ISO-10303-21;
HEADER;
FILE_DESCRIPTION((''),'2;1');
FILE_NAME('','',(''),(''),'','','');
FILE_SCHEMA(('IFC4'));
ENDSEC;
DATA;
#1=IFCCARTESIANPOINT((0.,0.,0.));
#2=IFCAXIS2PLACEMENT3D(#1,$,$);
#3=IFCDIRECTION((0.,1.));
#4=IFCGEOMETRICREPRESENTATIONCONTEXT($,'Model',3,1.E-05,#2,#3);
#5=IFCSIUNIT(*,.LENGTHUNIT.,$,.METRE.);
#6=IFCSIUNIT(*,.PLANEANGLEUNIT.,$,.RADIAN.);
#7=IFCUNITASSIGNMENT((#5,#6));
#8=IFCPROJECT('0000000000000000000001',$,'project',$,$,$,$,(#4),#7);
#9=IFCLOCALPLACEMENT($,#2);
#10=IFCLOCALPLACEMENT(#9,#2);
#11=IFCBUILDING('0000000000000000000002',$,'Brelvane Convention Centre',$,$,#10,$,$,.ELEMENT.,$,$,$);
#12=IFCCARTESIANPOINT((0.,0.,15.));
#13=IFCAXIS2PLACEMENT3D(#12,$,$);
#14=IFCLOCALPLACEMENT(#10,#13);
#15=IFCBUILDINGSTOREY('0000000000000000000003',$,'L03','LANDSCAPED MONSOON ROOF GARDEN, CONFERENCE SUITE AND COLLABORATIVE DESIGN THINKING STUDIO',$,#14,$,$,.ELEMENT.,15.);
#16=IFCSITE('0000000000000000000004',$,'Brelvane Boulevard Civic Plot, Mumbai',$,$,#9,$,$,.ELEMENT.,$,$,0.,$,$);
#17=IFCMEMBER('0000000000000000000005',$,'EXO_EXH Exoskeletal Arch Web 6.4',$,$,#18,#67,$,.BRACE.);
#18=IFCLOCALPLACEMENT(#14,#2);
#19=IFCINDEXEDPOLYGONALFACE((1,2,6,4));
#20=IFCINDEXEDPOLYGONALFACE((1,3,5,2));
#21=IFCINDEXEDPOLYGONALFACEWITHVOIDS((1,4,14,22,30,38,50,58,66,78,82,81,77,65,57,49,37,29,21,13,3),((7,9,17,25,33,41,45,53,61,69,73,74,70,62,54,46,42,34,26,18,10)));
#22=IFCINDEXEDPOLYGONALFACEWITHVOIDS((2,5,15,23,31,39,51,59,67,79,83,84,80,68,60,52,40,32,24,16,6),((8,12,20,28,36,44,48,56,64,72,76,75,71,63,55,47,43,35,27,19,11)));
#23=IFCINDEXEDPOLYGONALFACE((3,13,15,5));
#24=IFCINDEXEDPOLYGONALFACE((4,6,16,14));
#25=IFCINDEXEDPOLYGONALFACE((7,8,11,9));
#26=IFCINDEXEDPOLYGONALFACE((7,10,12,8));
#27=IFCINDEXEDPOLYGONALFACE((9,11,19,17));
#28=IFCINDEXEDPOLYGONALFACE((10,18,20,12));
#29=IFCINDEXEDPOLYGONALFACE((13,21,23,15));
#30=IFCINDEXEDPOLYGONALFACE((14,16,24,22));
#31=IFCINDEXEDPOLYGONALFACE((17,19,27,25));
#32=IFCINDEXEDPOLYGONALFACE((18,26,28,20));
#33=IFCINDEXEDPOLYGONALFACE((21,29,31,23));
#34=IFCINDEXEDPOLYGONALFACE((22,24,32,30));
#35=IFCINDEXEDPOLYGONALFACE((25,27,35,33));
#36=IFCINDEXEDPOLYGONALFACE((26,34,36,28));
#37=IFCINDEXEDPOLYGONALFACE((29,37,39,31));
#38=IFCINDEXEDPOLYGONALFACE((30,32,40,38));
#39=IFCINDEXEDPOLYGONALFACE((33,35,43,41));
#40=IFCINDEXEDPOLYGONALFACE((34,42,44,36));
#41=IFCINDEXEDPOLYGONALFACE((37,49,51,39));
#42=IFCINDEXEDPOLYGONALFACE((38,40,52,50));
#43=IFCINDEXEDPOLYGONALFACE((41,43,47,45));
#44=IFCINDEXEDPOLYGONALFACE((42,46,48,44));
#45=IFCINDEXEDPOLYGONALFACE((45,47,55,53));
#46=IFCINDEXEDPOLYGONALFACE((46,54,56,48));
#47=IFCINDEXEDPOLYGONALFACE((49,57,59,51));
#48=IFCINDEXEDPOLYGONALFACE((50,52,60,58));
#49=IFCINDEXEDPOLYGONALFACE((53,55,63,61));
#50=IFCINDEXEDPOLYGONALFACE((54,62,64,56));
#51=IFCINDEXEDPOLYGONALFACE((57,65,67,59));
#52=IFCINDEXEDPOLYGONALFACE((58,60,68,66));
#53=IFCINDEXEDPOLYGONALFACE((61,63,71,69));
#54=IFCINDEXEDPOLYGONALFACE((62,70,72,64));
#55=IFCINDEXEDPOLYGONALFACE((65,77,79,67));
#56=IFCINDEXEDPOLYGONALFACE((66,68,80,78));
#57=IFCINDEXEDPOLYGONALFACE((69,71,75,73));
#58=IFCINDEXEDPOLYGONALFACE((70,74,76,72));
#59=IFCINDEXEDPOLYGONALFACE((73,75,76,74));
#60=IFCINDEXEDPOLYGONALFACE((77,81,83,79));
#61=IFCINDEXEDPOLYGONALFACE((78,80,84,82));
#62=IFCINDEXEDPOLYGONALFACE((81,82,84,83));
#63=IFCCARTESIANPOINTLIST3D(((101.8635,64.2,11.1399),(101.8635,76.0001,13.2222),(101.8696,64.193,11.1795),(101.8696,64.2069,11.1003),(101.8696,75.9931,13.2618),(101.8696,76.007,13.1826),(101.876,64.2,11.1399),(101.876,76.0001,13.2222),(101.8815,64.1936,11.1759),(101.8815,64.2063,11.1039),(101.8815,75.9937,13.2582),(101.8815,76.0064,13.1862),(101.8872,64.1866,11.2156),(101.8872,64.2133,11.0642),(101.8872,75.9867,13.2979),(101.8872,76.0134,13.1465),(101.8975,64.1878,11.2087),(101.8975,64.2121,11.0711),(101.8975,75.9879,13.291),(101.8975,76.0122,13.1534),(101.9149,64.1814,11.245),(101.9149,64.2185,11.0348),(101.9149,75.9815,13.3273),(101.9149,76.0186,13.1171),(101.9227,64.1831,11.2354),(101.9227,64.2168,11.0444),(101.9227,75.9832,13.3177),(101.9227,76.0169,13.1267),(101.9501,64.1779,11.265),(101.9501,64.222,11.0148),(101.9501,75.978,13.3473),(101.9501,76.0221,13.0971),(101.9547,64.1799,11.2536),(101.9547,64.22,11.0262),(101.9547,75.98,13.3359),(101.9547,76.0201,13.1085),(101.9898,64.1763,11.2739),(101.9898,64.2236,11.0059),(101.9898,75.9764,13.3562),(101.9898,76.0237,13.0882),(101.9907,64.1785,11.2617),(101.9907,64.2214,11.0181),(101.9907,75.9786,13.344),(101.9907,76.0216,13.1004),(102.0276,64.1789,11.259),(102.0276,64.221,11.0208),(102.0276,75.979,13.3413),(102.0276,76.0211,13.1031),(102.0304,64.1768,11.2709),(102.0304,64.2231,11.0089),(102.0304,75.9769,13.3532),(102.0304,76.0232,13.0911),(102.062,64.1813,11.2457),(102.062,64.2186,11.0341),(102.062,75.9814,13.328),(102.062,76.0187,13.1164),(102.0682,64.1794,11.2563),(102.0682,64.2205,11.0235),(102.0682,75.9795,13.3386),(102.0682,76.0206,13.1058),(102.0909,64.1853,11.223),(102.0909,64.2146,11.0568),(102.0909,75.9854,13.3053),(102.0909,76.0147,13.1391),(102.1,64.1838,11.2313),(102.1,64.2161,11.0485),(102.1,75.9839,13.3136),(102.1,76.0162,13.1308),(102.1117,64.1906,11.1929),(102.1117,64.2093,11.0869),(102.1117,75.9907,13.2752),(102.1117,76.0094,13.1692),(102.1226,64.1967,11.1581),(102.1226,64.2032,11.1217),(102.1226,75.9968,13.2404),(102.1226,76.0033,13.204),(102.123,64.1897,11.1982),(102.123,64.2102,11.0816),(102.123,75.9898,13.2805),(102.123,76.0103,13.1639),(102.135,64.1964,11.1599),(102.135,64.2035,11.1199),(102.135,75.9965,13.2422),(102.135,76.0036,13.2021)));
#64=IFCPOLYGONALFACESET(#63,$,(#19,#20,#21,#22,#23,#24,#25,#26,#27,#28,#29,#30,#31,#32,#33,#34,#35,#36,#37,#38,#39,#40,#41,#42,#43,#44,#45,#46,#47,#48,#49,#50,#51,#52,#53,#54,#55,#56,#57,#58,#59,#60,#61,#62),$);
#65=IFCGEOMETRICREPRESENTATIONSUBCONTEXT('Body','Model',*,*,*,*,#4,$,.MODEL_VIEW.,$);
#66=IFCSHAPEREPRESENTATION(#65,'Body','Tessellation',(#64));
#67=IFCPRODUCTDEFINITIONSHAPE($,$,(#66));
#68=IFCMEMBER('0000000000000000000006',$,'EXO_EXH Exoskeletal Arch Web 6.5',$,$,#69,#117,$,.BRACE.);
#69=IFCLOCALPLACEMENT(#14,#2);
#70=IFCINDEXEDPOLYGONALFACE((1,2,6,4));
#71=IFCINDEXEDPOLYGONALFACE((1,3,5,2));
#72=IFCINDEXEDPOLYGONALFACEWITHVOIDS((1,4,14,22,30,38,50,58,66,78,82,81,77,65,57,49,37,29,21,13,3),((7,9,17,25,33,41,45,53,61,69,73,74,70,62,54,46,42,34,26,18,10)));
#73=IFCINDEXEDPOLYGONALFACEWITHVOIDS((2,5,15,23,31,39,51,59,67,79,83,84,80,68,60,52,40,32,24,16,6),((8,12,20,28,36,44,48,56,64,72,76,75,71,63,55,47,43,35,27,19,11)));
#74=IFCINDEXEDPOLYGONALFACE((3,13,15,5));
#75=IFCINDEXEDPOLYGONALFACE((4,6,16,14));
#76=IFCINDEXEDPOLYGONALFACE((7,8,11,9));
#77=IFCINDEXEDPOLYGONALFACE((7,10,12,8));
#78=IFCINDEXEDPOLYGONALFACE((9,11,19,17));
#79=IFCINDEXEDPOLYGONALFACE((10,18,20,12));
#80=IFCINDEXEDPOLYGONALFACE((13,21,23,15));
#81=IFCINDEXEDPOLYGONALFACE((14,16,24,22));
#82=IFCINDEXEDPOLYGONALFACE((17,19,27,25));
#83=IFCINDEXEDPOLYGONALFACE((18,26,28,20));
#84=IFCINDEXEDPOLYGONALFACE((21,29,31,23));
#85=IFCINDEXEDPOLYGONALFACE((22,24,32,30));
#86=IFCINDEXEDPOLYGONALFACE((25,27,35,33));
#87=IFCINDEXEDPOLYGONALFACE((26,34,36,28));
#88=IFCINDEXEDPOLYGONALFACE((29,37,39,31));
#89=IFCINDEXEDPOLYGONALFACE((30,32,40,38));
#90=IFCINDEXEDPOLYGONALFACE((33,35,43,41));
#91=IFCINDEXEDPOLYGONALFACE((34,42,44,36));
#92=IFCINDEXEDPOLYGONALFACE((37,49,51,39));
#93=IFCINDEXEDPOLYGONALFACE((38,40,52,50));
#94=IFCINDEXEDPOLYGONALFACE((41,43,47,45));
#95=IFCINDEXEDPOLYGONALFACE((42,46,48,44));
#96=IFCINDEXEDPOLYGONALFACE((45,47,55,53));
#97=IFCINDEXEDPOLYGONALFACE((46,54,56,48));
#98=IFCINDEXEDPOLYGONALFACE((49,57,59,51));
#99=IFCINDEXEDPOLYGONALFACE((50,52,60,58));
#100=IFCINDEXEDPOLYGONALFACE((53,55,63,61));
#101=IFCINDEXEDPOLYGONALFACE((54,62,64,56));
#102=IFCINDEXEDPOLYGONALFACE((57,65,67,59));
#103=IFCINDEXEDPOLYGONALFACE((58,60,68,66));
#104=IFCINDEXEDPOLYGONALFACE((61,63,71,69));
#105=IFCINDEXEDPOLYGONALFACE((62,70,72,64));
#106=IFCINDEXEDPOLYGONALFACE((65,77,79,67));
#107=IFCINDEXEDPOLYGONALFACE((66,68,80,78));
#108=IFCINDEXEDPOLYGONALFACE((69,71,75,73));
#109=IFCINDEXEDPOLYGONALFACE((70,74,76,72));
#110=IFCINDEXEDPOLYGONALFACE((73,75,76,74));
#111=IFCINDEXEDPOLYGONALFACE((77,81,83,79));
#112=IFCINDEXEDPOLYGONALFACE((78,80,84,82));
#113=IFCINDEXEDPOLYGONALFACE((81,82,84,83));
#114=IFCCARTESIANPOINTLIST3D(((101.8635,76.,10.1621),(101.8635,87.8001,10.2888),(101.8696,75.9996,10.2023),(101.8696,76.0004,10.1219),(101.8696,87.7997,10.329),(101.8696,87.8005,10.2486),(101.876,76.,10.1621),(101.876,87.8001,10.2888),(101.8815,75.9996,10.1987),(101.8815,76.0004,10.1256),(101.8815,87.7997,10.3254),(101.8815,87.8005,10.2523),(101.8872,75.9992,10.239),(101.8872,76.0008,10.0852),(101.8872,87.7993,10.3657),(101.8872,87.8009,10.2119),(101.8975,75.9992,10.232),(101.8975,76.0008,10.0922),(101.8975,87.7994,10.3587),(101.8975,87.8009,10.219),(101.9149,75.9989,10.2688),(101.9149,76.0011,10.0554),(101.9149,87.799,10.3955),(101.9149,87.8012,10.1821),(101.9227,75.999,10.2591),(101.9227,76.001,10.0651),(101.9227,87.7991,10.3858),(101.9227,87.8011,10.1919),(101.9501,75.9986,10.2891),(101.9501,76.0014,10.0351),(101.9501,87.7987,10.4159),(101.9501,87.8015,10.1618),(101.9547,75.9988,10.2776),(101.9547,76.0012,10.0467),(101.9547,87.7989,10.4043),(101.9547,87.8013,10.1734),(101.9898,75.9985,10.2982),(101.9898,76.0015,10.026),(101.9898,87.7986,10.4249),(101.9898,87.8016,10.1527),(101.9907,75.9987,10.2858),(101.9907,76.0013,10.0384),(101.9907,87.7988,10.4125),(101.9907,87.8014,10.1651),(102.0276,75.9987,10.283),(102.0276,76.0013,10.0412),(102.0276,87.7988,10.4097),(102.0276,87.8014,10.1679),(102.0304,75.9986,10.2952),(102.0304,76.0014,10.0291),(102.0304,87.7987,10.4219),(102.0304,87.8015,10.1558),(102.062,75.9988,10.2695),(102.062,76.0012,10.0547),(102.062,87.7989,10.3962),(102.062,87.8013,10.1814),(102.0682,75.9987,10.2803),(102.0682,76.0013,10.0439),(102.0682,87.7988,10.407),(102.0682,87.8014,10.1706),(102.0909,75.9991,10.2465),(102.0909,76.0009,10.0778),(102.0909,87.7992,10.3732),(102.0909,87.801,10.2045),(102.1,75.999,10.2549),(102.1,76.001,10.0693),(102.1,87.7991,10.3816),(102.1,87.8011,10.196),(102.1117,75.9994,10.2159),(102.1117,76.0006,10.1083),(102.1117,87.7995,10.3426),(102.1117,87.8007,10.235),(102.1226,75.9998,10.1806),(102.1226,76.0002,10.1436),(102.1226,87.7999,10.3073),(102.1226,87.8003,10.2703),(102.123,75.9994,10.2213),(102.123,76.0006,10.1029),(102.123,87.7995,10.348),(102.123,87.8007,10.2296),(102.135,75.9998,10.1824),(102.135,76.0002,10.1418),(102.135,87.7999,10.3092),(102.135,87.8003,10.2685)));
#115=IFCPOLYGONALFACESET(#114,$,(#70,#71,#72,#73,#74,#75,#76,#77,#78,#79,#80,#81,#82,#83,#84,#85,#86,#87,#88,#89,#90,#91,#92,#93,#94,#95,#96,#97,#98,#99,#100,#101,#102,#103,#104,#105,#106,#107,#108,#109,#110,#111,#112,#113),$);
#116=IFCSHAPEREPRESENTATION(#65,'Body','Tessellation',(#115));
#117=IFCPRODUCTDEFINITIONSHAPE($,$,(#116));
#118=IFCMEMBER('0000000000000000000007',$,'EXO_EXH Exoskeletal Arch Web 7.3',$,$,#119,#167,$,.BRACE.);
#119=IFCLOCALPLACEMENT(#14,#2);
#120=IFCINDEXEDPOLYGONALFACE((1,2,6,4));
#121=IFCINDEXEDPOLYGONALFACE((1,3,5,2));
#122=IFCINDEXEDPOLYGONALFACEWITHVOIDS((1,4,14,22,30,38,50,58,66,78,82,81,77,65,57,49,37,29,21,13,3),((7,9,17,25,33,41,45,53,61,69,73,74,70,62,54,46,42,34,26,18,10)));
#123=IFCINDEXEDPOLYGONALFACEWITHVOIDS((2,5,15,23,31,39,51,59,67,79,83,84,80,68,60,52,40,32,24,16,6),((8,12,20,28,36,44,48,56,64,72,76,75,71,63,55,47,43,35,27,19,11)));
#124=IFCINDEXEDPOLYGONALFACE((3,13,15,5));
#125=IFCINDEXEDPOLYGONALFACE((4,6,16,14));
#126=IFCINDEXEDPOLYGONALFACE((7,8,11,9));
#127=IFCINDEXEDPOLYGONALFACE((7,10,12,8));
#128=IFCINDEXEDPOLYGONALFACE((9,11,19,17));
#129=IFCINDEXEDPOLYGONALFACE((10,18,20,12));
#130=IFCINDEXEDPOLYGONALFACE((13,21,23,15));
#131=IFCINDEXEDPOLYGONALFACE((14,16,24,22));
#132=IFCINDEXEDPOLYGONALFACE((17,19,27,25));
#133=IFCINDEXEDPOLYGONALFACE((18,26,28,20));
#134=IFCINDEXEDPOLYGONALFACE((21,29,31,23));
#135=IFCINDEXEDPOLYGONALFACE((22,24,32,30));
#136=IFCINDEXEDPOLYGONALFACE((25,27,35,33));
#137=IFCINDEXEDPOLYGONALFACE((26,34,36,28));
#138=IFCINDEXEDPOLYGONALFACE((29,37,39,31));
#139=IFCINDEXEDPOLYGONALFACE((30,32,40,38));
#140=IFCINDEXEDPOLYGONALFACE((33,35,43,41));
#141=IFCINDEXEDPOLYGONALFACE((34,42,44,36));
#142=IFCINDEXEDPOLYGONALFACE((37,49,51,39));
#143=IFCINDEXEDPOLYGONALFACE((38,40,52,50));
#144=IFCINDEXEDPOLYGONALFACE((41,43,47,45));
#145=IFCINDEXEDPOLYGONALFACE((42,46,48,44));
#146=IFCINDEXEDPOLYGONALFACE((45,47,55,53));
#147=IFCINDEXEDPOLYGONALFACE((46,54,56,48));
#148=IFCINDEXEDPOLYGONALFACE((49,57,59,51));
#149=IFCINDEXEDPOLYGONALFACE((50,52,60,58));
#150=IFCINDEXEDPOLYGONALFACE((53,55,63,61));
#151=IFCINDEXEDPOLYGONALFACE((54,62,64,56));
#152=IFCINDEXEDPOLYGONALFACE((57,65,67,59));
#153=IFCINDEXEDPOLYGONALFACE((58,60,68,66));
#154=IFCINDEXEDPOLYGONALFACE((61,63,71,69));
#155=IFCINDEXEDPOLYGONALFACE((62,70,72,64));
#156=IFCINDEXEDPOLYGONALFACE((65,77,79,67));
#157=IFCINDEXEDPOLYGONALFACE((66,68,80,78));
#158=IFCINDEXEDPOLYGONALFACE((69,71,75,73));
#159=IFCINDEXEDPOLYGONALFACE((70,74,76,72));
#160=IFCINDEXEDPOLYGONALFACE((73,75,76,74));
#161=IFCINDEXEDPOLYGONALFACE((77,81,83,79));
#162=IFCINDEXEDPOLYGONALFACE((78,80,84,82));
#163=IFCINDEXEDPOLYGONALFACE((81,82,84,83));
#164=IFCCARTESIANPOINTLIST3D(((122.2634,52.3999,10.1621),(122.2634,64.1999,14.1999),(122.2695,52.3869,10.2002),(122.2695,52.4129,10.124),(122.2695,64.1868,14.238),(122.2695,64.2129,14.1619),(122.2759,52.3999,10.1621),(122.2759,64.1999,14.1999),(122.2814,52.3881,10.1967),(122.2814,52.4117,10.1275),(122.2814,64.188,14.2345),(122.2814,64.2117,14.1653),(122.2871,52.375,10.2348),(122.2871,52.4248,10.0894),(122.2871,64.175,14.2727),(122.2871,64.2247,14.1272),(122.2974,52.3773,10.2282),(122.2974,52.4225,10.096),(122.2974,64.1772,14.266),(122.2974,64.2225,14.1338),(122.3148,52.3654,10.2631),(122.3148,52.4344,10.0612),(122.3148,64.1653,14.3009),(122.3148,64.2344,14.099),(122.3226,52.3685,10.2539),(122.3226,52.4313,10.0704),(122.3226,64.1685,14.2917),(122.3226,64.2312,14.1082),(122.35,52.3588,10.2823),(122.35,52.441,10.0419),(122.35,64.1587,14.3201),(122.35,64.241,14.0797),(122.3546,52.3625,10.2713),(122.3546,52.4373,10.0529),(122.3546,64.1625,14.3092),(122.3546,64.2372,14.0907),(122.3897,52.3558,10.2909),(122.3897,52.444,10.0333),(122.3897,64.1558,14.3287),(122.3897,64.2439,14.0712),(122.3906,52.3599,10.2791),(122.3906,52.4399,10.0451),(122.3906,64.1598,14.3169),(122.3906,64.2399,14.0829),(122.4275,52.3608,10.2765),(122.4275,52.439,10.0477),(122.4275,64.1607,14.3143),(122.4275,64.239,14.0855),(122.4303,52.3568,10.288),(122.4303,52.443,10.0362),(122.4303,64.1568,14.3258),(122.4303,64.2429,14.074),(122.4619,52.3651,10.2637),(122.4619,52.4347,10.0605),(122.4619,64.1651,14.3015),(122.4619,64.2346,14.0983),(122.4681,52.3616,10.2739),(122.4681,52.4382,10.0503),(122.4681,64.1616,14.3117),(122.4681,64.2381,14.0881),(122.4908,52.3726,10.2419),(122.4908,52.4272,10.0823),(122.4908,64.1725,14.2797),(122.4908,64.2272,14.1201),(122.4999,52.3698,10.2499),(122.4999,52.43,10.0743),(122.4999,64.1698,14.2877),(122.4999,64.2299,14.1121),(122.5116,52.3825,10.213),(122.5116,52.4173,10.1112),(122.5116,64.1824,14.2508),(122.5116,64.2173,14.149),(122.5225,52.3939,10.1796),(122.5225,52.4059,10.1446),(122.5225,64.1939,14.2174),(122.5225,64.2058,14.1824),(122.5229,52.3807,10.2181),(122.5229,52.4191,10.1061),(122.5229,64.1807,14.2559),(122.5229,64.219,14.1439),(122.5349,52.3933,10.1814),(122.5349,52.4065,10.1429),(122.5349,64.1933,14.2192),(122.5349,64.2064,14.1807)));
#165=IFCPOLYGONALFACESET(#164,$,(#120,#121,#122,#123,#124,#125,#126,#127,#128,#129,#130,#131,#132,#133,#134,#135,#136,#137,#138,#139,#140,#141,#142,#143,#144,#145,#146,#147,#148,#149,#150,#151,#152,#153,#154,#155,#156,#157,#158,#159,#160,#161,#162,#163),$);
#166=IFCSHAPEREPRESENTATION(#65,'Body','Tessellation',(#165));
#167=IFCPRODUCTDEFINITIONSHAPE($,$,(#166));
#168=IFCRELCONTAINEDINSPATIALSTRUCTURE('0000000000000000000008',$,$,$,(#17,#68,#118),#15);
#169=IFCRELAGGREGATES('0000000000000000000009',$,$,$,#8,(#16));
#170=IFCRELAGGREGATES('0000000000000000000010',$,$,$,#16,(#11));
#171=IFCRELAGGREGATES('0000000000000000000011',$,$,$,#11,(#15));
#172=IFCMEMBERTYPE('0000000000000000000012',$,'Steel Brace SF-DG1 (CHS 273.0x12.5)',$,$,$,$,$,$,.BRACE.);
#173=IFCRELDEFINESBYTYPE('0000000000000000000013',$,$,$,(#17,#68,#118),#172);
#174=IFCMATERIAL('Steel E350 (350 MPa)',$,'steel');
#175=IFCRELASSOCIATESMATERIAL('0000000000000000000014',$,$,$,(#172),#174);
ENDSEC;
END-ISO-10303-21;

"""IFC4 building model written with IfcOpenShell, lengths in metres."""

from ifc_helpers import new_model, si_unit, direction, frame, origin, origin_2d, place, context, subcontext, project, spatial, hollow_circle, extrude, material, material_profile, profile_set, type_object, element, save


model = new_model("IFC4")

# Units and contexts
model_context = context("Model", 3, precision=1e-05, world=origin(), true_north=direction((0.0, 1.0)))
body_context = subcontext(model_context, "Body", "Model", "MODEL_VIEW")
ifc_project = project(units=[si_unit("LENGTHUNIT", "METRE"), si_unit("PLANEANGLEUNIT", "RADIAN")], contexts=[model_context])

# Site, building, storey
site_placement = place(None, origin())
site = spatial("IfcSite", under=ifc_project, at=site_placement, Name="Brelvane Boulevard Civic Plot, Mumbai", CompositionType="ELEMENT", RefElevation=0.0)
building_placement = place(site_placement, origin())
building = spatial("IfcBuilding", under=site, at=building_placement, Name="Brelvane Convention Centre", CompositionType="ELEMENT")
storey_placement = place(building_placement, frame((0.0, 0.0, 15.0)))
storey = spatial("IfcBuildingStorey", under=building, at=storey_placement, Name="L03", Description="LANDSCAPED MONSOON ROOF GARDEN, CONFERENCE SUITE AND COLLABORATIVE DESIGN THINKING STUDIO", CompositionType="ELEMENT", Elevation=15.0)

# Members
ifc_material_1 = material(Name="Steel E350 (350 MPa)", Category="steel")
ifc_material_profile_1 = material_profile(ifc_material_1, hollow_circle(Radius=0.1365, WallThickness=0.0125, at=origin_2d()), Name="CHS 273.0x12.5")
ifc_profile_set_1 = profile_set([ifc_material_profile_1], Name="Steel E350 (350 MPa)")
member_type_1 = type_object("IfcMemberType", Name="Steel Brace SF-DG1 (CHS 273.0x12.5)", PredefinedType="BRACE", material=ifc_profile_set_1)
member_1_placement = place(storey_placement, frame((102.0, 64.2, 11.1399), z_axis=(0.0, 0.984785, 0.173778), x_axis=(-1.0, 0.0, 0.0)))
element("IfcMember", 1, at=member_1_placement, inside=storey, type_object=member_type_1, Name="EXO_EXH Exoskeletal Arch Web 6.4", PredefinedType="BRACE", context=body_context, shape_type="SweptSolid", body=[
    extrude(hollow_circle(Radius=0.1365, WallThickness=0.0125, at=origin_2d()), origin(), (0.0, 0.0, 1.0), 11.9824),
])
member_2_placement = place(storey_placement, frame((102.0, 76.0, 10.1621), z_axis=(0.0, 0.999942, 0.010737), x_axis=(-1.0, 0.0, 0.0)))
element("IfcMember", 2, at=member_2_placement, inside=storey, type_object=member_type_1, Name="EXO_EXH Exoskeletal Arch Web 6.5", PredefinedType="BRACE", context=body_context, shape_type="SweptSolid", body=[
    extrude(hollow_circle(Radius=0.1365, WallThickness=0.0125, at=origin_2d()), origin(), (0.0, 0.0, 1.0), 11.8008),
])
member_3_placement = place(storey_placement, frame((122.3999, 52.3999, 10.1621), z_axis=(0.0, 0.94614, 0.323758), x_axis=(-1.0, 0.0, 0.0)))
element("IfcMember", 3, at=member_3_placement, inside=storey, type_object=member_type_1, Name="EXO_EXH Exoskeletal Arch Web 7.3", PredefinedType="BRACE", context=body_context, shape_type="SweptSolid", body=[
    extrude(hollow_circle(Radius=0.1365, WallThickness=0.0125, at=origin_2d()), origin(), (0.0, 0.0, 1.0), 12.4717),
])

save(model, "model.ifc")
